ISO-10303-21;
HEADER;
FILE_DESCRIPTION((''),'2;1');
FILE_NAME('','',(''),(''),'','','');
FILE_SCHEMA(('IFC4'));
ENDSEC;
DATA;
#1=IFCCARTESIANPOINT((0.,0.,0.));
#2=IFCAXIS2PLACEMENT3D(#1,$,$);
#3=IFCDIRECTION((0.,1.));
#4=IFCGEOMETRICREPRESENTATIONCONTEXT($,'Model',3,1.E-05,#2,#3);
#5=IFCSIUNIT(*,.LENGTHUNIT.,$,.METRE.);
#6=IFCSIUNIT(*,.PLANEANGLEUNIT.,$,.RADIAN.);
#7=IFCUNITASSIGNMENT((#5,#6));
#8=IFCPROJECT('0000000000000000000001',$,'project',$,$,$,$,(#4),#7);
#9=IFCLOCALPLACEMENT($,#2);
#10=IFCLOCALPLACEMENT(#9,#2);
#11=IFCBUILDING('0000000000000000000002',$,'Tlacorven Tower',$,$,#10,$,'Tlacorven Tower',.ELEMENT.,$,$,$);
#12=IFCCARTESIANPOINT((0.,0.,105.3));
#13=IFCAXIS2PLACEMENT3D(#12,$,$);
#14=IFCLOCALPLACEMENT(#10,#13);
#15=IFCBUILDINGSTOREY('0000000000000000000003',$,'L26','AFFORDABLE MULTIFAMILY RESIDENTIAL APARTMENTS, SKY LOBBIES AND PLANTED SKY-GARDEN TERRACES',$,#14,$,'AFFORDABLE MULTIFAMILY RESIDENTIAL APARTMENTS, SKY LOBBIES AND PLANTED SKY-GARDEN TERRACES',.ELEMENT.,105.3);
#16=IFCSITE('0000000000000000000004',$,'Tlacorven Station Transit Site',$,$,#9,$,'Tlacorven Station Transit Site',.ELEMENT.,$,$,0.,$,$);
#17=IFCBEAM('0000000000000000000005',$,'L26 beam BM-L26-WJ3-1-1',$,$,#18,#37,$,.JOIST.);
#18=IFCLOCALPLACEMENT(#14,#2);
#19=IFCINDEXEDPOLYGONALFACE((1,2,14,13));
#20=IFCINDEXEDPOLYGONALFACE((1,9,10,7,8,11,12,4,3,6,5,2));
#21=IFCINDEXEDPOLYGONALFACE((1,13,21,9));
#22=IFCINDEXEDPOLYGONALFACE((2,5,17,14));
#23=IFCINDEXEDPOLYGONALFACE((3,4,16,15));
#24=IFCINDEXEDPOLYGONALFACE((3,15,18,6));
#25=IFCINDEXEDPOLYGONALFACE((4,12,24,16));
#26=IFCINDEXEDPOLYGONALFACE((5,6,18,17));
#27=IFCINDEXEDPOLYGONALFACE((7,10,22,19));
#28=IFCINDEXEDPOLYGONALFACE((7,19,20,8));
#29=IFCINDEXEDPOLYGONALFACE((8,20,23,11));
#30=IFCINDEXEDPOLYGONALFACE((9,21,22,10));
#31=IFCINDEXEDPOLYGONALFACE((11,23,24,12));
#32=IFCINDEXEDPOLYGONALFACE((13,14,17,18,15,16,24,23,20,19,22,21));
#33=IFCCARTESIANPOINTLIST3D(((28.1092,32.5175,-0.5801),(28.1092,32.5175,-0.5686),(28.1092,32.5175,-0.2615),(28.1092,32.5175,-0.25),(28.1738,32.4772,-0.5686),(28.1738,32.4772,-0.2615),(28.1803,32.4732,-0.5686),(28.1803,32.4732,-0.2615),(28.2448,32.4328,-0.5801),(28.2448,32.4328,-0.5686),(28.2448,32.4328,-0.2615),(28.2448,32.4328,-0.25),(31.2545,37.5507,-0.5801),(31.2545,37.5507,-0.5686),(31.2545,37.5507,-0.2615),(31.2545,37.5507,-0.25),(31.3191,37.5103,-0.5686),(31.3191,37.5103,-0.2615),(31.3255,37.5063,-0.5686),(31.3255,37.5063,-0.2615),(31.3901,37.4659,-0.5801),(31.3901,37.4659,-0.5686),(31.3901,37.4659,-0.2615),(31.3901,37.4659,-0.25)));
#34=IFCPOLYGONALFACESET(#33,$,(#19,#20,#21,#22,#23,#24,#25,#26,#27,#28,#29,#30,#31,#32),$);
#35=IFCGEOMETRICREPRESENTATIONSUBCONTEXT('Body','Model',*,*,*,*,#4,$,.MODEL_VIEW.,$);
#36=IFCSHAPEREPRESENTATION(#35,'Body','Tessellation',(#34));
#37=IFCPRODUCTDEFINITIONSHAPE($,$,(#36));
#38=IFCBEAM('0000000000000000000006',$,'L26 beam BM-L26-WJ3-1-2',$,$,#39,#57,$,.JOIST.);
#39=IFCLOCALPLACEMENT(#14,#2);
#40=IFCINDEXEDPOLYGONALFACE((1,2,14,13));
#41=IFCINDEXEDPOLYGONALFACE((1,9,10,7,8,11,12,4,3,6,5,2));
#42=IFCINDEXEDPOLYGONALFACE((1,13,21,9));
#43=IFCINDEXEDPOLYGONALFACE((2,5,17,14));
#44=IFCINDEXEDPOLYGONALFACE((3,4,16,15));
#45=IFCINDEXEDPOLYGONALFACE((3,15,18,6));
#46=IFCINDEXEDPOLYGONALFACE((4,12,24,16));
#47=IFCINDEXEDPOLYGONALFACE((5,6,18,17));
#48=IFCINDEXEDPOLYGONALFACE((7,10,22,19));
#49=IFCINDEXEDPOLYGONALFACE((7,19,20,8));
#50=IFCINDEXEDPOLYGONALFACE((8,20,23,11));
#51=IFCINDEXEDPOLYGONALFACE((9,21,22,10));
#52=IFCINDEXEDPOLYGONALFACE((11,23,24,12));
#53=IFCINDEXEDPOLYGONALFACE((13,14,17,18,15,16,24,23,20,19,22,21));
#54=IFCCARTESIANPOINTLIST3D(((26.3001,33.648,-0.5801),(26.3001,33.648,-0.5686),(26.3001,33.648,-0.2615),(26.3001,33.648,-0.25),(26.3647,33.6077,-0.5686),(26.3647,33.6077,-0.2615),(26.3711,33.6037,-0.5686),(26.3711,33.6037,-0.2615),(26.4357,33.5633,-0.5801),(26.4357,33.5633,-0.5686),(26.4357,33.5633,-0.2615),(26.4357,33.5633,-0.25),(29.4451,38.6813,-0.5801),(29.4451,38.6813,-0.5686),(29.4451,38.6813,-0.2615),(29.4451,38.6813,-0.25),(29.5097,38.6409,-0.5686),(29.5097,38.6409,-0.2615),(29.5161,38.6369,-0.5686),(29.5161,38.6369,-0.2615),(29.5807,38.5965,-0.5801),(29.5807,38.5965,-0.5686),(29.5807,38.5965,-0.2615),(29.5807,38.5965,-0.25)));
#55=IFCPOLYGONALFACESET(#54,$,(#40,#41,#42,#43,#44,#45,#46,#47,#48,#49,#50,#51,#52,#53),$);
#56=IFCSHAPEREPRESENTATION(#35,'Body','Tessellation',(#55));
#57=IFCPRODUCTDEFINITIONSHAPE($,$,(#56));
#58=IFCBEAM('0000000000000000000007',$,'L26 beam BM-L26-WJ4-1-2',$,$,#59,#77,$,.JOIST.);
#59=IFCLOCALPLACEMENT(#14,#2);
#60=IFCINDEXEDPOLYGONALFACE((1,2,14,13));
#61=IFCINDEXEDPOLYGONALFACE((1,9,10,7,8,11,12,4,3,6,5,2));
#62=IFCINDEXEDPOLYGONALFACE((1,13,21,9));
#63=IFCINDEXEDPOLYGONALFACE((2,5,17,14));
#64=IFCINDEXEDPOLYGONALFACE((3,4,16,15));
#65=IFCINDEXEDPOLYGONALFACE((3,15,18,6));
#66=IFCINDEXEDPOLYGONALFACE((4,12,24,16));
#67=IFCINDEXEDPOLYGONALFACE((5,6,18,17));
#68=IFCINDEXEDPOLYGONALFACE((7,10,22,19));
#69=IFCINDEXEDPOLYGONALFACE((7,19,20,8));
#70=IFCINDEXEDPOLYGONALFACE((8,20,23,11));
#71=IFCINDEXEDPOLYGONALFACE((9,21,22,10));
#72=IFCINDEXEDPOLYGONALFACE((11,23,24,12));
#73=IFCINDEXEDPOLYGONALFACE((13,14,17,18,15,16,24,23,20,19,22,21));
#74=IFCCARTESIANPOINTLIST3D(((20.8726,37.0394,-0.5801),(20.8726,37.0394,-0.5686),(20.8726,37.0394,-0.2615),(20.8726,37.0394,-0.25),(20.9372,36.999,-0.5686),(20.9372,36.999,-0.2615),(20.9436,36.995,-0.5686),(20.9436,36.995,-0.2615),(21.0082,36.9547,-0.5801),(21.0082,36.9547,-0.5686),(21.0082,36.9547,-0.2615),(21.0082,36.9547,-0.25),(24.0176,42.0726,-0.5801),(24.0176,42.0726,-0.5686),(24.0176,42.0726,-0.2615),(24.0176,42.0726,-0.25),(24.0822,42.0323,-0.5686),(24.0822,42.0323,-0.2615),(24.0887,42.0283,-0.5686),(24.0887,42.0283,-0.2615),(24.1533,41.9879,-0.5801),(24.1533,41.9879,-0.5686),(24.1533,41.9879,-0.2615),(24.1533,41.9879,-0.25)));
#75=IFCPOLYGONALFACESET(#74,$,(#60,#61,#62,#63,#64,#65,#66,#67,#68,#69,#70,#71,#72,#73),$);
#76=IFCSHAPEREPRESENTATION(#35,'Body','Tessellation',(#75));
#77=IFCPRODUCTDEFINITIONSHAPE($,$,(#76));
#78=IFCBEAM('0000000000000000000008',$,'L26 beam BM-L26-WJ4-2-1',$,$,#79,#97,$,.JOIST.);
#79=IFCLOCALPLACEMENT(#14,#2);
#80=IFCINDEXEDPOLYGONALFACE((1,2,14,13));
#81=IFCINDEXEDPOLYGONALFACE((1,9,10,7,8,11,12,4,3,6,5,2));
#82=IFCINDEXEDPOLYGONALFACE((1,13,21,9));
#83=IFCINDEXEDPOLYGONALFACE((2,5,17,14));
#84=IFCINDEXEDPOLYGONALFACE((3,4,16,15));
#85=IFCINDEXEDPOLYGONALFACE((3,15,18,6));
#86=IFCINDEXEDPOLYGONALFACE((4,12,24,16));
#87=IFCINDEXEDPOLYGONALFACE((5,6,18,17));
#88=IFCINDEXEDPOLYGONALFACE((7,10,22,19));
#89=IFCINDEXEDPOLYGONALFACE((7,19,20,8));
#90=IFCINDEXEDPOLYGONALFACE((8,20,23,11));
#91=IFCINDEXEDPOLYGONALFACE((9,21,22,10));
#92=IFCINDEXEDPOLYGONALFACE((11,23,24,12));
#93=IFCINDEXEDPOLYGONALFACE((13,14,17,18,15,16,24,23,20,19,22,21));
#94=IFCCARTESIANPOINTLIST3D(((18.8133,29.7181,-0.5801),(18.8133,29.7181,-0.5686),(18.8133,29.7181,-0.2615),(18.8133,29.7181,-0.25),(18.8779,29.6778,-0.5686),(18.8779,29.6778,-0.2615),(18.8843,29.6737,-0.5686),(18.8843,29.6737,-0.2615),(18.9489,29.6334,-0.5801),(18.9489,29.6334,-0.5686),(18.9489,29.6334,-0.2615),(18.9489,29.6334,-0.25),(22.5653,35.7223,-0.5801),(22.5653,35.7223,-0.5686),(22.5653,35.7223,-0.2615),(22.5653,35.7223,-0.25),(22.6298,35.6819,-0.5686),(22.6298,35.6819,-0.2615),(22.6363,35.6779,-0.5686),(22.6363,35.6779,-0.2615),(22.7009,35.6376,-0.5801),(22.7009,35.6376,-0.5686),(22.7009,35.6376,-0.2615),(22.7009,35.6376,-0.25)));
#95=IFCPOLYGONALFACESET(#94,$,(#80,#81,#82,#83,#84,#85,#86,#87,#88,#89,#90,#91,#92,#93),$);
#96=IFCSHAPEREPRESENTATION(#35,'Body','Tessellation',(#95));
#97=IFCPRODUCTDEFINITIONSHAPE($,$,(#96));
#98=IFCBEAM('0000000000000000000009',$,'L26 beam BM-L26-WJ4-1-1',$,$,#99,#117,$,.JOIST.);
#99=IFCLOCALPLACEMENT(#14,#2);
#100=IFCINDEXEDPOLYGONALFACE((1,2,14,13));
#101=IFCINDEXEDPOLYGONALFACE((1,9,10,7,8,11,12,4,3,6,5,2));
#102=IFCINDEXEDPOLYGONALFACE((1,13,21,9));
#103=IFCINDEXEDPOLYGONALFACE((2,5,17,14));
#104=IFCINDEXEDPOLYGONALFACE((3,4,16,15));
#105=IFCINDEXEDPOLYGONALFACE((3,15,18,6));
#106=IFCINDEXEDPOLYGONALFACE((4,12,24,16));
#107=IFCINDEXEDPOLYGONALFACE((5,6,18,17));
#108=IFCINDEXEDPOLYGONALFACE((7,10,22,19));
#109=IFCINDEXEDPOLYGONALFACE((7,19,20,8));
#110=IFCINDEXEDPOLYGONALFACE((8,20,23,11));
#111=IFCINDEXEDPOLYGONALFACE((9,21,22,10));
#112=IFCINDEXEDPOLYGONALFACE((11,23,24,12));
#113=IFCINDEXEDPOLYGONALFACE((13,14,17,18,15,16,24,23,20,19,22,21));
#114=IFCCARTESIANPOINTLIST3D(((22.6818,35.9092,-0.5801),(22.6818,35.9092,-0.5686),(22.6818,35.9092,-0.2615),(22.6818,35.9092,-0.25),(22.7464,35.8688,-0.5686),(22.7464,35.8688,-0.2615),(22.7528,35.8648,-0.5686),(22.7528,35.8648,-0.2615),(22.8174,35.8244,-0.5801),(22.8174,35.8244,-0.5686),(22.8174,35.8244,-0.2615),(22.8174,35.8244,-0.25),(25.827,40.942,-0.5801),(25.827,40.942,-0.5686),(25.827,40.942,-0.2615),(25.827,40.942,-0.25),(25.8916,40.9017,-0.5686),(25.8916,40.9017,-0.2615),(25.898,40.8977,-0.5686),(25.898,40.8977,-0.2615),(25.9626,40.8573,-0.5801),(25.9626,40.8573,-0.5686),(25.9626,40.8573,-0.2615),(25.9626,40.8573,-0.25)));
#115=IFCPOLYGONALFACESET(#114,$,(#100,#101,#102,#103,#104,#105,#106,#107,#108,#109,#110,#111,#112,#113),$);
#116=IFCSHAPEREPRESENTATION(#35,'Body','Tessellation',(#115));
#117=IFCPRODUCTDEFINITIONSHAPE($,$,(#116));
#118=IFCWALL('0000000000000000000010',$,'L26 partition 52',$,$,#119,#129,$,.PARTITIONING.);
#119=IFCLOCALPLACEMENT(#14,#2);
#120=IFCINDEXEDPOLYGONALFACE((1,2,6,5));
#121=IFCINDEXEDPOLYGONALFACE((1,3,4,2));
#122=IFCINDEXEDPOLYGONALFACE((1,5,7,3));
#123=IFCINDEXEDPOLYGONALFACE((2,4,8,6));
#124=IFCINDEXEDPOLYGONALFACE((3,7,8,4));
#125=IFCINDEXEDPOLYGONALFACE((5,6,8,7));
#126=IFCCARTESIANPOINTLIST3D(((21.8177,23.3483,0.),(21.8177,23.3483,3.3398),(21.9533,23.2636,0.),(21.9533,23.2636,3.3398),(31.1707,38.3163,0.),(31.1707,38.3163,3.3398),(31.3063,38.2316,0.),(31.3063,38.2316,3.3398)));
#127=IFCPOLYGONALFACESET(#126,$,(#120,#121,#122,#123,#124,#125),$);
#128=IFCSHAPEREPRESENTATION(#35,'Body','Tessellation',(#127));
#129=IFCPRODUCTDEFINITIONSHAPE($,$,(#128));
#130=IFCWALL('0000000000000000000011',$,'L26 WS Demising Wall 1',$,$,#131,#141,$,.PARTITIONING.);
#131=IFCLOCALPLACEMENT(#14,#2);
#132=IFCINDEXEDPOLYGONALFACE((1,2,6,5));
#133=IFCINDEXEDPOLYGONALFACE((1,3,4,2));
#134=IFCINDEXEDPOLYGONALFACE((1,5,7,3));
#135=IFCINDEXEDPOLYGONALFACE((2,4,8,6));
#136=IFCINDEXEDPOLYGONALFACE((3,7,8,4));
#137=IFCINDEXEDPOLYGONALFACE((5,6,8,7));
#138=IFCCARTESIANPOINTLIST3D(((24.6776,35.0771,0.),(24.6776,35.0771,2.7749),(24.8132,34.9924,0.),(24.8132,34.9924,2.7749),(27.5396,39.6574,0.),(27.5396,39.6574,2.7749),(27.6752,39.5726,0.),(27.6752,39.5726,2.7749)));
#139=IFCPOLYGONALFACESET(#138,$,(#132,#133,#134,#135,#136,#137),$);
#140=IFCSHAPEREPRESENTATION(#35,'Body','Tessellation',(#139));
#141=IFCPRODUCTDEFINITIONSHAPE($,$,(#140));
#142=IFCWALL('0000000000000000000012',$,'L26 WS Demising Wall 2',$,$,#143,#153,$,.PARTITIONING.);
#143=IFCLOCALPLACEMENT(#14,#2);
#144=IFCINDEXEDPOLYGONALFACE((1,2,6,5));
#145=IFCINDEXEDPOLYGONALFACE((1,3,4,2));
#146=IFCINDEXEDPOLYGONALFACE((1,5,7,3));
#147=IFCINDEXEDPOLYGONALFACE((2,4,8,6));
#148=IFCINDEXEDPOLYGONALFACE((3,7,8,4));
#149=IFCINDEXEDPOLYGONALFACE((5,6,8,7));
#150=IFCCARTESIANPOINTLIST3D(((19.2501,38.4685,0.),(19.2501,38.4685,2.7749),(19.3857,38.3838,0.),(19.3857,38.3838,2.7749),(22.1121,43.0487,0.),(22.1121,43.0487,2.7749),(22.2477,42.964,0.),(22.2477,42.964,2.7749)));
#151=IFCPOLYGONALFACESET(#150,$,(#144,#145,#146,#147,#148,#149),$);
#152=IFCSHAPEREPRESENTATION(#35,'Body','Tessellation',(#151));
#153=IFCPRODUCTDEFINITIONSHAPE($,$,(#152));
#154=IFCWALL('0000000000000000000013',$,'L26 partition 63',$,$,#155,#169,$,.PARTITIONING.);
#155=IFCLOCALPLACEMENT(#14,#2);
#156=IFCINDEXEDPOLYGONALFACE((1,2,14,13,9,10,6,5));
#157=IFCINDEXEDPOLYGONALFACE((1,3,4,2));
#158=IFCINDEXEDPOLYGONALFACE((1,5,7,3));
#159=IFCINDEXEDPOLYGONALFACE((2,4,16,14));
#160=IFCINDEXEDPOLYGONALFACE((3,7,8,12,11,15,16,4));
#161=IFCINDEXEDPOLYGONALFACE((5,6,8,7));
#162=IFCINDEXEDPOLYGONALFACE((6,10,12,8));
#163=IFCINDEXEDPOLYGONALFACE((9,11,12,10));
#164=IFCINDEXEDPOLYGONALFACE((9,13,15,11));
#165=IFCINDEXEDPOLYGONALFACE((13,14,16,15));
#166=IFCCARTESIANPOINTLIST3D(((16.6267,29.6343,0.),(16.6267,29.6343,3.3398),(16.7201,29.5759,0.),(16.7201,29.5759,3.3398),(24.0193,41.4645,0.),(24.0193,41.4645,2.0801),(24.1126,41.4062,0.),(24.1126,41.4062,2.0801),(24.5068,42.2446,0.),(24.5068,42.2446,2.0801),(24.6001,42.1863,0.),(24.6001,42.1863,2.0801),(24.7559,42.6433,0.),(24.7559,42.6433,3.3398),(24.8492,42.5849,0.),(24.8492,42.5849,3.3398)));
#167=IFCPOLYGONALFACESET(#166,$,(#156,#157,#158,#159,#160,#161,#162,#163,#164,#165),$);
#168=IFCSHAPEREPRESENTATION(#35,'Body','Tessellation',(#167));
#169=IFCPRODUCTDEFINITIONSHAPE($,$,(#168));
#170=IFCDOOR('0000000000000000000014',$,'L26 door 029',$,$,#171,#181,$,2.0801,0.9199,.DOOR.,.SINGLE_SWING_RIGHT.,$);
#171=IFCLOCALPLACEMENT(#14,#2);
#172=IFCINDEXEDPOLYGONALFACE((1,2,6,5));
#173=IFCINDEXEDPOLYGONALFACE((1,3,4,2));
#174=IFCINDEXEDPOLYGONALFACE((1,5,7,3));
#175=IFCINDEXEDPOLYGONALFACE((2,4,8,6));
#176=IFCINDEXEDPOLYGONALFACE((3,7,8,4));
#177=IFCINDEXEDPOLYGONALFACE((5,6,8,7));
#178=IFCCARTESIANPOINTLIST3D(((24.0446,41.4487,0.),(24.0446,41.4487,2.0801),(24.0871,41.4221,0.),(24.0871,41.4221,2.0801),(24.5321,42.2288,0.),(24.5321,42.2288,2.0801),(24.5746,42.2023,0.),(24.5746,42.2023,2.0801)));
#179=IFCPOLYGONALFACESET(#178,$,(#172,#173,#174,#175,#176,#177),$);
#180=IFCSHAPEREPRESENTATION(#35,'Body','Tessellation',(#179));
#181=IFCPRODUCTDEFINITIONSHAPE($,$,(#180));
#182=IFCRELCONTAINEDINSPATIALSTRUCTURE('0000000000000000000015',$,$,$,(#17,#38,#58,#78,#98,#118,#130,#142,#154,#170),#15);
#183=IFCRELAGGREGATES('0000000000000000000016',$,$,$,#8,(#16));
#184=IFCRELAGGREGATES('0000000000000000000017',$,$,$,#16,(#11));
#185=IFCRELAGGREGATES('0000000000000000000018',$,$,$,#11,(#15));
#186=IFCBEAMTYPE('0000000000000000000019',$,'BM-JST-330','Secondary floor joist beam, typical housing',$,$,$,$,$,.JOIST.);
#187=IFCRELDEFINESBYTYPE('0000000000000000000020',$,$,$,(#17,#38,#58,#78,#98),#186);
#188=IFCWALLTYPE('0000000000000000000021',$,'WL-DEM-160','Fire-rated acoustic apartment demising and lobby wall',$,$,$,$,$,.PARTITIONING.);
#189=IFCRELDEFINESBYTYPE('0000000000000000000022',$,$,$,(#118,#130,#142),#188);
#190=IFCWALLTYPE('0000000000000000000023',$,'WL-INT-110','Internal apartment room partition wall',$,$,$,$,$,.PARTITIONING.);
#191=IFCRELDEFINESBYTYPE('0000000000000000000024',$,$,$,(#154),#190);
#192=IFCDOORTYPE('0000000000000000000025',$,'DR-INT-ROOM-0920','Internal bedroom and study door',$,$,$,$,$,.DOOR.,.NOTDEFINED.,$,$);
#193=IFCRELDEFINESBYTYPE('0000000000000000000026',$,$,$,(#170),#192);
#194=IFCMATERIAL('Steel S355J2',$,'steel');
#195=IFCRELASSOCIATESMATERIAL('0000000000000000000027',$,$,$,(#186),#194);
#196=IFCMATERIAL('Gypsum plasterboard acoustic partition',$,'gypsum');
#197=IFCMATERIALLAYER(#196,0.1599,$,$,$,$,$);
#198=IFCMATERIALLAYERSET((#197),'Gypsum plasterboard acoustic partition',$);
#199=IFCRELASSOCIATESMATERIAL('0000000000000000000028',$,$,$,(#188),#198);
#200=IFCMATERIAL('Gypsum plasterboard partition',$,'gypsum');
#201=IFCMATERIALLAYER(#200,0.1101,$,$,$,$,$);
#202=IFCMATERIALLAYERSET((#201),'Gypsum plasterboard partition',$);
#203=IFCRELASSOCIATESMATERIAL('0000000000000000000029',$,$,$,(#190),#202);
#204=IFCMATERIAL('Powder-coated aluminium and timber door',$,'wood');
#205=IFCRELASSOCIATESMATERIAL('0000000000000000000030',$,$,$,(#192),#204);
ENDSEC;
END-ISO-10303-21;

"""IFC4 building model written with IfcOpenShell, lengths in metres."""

from ifc_helpers import new_model, si_unit, direction, frame, frame_2d, origin, origin_2d, place, context, subcontext, project, spatial, rectangle, i_section, extrude, source, transform, mapped, material, layer, layer_set, material_profile, profile_set, type_object, element, fill, save


model = new_model("IFC4")

# Units and contexts
model_context = context("Model", 3, precision=1e-05, world=origin(), true_north=direction((0.0, 1.0)))
body_context = subcontext(model_context, "Body", "Model", "MODEL_VIEW")
ifc_project = project(units=[si_unit("LENGTHUNIT", "METRE"), si_unit("PLANEANGLEUNIT", "RADIAN")], contexts=[model_context])

# Site, building, storey
site_placement = place(None, origin())
site = spatial("IfcSite", under=ifc_project, at=site_placement, Name="Tlacorven Station Transit Site", LongName="Tlacorven Station Transit Site", CompositionType="ELEMENT", RefElevation=0.0)
building_placement = place(site_placement, origin())
building = spatial("IfcBuilding", under=site, at=building_placement, Name="Tlacorven Tower", LongName="Tlacorven Tower", CompositionType="ELEMENT")
storey_placement = place(building_placement, frame((0.0, 0.0, 105.3)))
storey = spatial("IfcBuildingStorey", under=building, at=storey_placement, Name="L26", Description="AFFORDABLE MULTIFAMILY RESIDENTIAL APARTMENTS, SKY LOBBIES AND PLANTED SKY-GARDEN TERRACES", LongName="AFFORDABLE MULTIFAMILY RESIDENTIAL APARTMENTS, SKY LOBBIES AND PLANTED SKY-GARDEN TERRACES", CompositionType="ELEMENT", Elevation=105.3)

# Beams
ifc_material_1 = material(Name="Steel S355J2", Category="steel")
ifc_material_profile_1 = material_profile(ifc_material_1, i_section(OverallWidth=0.1599, OverallDepth=0.3301, WebThickness=0.0076, FlangeThickness=0.0115, at=origin_2d()), Name="IPE 330")
ifc_profile_set_1 = profile_set([ifc_material_profile_1], Name="Steel S355J2")
beam_type_1 = type_object("IfcBeamType", Name="BM-JST-330", Description="Secondary floor joist beam, typical housing", PredefinedType="JOIST", material=ifc_profile_set_1)
shared_shape_1 = source(origin(), body_context, "Body", "SweptSolid", [
    extrude(i_section(OverallWidth=0.1599, OverallDepth=0.3301, WebThickness=0.0076, FlangeThickness=0.0115, at=origin_2d()), origin(), (0.0, 0.0, 1.0), 5.9351),
])
for number, where, z_axis, x_axis, name in (
    (1, (31.3223, 37.5083, -0.415), (-0.52994, -0.848035, 0.0), (0.848035, -0.52994, 0.0), "L26 beam BM-L26-WJ3-1-1"),
    (2, (29.5129, 38.6389, -0.415), (-0.52991, -0.848054, 0.0), (0.848054, -0.52991, 0.0), "L26 beam BM-L26-WJ3-1-2"),
    (3, (24.0854, 42.0303, -0.415), (-0.52991, -0.848054, 0.0), (0.848054, -0.52991, 0.0), "L26 beam BM-L26-WJ4-1-2"),
):
    element("IfcBeam", number, at=place(storey_placement, frame(where, z_axis=z_axis, x_axis=x_axis)), inside=storey, type_object=beam_type_1, Name=name, PredefinedType="JOIST", context=body_context, shape_type="MappedRepresentation", body=[
        mapped(shared_shape_1, transform((0.0, 0.0, 0.0), scale=1.0)),
    ])
shared_shape_2 = source(origin(), body_context, "Body", "SweptSolid", [
    extrude(i_section(OverallWidth=0.1599, OverallDepth=0.3301, WebThickness=0.0076, FlangeThickness=0.0115, at=origin_2d()), origin(), (0.0, 0.0, 1.0), 7.0801),
])
beam_1_placement = place(storey_placement, frame((22.6331, 35.6799, -0.415), z_axis=(-0.529934, -0.848039, 0.0), x_axis=(0.848039, -0.529934, 0.0)))
element("IfcBeam", 4, at=beam_1_placement, inside=storey, type_object=beam_type_1, Name="L26 beam BM-L26-WJ4-2-1", PredefinedType="JOIST", context=body_context, shape_type="MappedRepresentation", body=[
    mapped(shared_shape_2, transform((0.0, 0.0, 0.0), scale=1.0)),
])
shared_shape_3 = source(origin(), body_context, "Body", "SweptSolid", [
    extrude(i_section(OverallWidth=0.1599, OverallDepth=0.3301, WebThickness=0.0076, FlangeThickness=0.0115, at=origin_2d()), origin(), (0.0, 0.0, 1.0), 5.9348),
])
beam_2_placement = place(storey_placement, frame((25.8948, 40.8997, -0.415), z_axis=(-0.529958, -0.848024, 0.0), x_axis=(0.848024, -0.529958, 0.0)))
element("IfcBeam", 5, at=beam_2_placement, inside=storey, type_object=beam_type_1, Name="L26 beam BM-L26-WJ4-1-1", PredefinedType="JOIST", context=body_context, shape_type="MappedRepresentation", body=[
    mapped(shared_shape_3, transform((0.0, 0.0, 0.0), scale=1.0)),
])

# Walls
ifc_material_2 = material(Name="Gypsum plasterboard acoustic partition", Category="gypsum")
ifc_layer_1 = layer(ifc_material_2, 0.1599)
ifc_layer_set_1 = layer_set([ifc_layer_1], Name="Gypsum plasterboard acoustic partition")
wall_type_1 = type_object("IfcWallType", Name="WL-DEM-160", Description="Fire-rated acoustic apartment demising and lobby wall", PredefinedType="PARTITIONING", material=ifc_layer_set_1)
wall_1_placement = place(storey_placement, frame((31.2385, 38.2739, 0.0), z_axis=(0.0, 0.0, 1.0), x_axis=(-0.529918, -0.848049, 0.0)))
element("IfcWall", 6, at=wall_1_placement, inside=storey, type_object=wall_type_1, Name="L26 partition 52", PredefinedType="PARTITIONING", context=body_context, shape_type="SweptSolid", body=[
    extrude(rectangle(XDim=17.6499, YDim=0.1599, at=frame_2d((8.825, 0.0))), origin(), (0.0, 0.0, 1.0), 3.3398),
])
for number, where, z_axis, x_axis, name in (
    (7, (27.6074, 39.615, 0.0), (0.0, 0.0, 1.0), (-0.529914, -0.848052, 0.0), "L26 WS Demising Wall 1"),
    (8, (22.1799, 43.0063, 0.0), (0.0, 0.0, 1.0), (-0.529914, -0.848052, 0.0), "L26 WS Demising Wall 2"),
):
    element("IfcWall", number, at=place(storey_placement, frame(where, z_axis=z_axis, x_axis=x_axis)), inside=storey, type_object=wall_type_1, Name=name, PredefinedType="PARTITIONING", context=body_context, shape_type="SweptSolid", body=[
        extrude(rectangle(XDim=5.4009, YDim=0.1599, at=frame_2d((2.7004, 0.0))), origin(), (0.0, 0.0, 1.0), 2.7749),
    ])

# Wall, opening, door
ifc_material_3 = material(Name="Gypsum plasterboard partition", Category="gypsum")
ifc_layer_2 = layer(ifc_material_3, 0.1101)
ifc_layer_set_2 = layer_set([ifc_layer_2], Name="Gypsum plasterboard partition")
wall_type_2 = type_object("IfcWallType", Name="WL-INT-110", Description="Internal apartment room partition wall", PredefinedType="PARTITIONING", material=ifc_layer_set_2)
wall_2_placement = place(storey_placement, frame((24.8025, 42.614, 0.0), z_axis=(0.0, 0.0, 1.0), x_axis=(-0.529929, -0.848042, 0.0)))
wall_2 = element("IfcWall", 9, at=wall_2_placement, inside=storey, type_object=wall_type_2, Name="L26 partition 63", PredefinedType="PARTITIONING", context=body_context, shape_type="SweptSolid", body=[
    extrude(rectangle(XDim=15.3401, YDim=0.1101, at=frame_2d((7.6699, 0.0))), origin(), (0.0, 0.0, 1.0), 3.3398),
])
opening_placement = place(wall_2_placement, frame((0.47, 0.0, 0.0)))
opening = element("IfcOpeningElement", 10, at=opening_placement, cuts=wall_2, PredefinedType="OPENING", context=body_context, shape_type="SweptSolid", body=[
    extrude(rectangle(XDim=0.9199, YDim=2.0801, at=frame_2d((0.46, 1.04))), frame((0.0, 0.0649, 0.0), z_axis=(0.0, -1.0, 0.0), x_axis=(1.0, 0.0, 0.0)), (0.0, 0.0, 1.0), 0.1301),
])
ifc_material_4 = material(Name="Powder-coated aluminium and timber door", Category="wood")
door_type = type_object("IfcDoorType", Name="DR-INT-ROOM-0920", Description="Internal bedroom and study door", OperationType="NOTDEFINED", PredefinedType="DOOR", material=ifc_material_4)
shared_shape_4 = source(origin(), body_context, "Body", "SweptSolid", [
    extrude(rectangle(XDim=0.9199, YDim=2.0801, at=frame_2d((0.46, 1.04))), frame((0.0, 0.0249, 0.0), z_axis=(0.0, -1.0, 0.0), x_axis=(1.0, 0.0, 0.0)), (0.0, 0.0, 1.0), 0.05),
])
door_placement = place(opening_placement, origin())
door = element("IfcDoor", 11, at=door_placement, inside=storey, type_object=door_type, Name="L26 door 029", OperationType="SINGLE_SWING_RIGHT", OverallHeight=2.0801, OverallWidth=0.9199, PredefinedType="DOOR", context=body_context, shape_type="MappedRepresentation", body=[
    mapped(shared_shape_4, transform((0.0, 0.0, 0.0), scale=1.0)),
])
fill(opening, door)

save(model, "model.ifc")
